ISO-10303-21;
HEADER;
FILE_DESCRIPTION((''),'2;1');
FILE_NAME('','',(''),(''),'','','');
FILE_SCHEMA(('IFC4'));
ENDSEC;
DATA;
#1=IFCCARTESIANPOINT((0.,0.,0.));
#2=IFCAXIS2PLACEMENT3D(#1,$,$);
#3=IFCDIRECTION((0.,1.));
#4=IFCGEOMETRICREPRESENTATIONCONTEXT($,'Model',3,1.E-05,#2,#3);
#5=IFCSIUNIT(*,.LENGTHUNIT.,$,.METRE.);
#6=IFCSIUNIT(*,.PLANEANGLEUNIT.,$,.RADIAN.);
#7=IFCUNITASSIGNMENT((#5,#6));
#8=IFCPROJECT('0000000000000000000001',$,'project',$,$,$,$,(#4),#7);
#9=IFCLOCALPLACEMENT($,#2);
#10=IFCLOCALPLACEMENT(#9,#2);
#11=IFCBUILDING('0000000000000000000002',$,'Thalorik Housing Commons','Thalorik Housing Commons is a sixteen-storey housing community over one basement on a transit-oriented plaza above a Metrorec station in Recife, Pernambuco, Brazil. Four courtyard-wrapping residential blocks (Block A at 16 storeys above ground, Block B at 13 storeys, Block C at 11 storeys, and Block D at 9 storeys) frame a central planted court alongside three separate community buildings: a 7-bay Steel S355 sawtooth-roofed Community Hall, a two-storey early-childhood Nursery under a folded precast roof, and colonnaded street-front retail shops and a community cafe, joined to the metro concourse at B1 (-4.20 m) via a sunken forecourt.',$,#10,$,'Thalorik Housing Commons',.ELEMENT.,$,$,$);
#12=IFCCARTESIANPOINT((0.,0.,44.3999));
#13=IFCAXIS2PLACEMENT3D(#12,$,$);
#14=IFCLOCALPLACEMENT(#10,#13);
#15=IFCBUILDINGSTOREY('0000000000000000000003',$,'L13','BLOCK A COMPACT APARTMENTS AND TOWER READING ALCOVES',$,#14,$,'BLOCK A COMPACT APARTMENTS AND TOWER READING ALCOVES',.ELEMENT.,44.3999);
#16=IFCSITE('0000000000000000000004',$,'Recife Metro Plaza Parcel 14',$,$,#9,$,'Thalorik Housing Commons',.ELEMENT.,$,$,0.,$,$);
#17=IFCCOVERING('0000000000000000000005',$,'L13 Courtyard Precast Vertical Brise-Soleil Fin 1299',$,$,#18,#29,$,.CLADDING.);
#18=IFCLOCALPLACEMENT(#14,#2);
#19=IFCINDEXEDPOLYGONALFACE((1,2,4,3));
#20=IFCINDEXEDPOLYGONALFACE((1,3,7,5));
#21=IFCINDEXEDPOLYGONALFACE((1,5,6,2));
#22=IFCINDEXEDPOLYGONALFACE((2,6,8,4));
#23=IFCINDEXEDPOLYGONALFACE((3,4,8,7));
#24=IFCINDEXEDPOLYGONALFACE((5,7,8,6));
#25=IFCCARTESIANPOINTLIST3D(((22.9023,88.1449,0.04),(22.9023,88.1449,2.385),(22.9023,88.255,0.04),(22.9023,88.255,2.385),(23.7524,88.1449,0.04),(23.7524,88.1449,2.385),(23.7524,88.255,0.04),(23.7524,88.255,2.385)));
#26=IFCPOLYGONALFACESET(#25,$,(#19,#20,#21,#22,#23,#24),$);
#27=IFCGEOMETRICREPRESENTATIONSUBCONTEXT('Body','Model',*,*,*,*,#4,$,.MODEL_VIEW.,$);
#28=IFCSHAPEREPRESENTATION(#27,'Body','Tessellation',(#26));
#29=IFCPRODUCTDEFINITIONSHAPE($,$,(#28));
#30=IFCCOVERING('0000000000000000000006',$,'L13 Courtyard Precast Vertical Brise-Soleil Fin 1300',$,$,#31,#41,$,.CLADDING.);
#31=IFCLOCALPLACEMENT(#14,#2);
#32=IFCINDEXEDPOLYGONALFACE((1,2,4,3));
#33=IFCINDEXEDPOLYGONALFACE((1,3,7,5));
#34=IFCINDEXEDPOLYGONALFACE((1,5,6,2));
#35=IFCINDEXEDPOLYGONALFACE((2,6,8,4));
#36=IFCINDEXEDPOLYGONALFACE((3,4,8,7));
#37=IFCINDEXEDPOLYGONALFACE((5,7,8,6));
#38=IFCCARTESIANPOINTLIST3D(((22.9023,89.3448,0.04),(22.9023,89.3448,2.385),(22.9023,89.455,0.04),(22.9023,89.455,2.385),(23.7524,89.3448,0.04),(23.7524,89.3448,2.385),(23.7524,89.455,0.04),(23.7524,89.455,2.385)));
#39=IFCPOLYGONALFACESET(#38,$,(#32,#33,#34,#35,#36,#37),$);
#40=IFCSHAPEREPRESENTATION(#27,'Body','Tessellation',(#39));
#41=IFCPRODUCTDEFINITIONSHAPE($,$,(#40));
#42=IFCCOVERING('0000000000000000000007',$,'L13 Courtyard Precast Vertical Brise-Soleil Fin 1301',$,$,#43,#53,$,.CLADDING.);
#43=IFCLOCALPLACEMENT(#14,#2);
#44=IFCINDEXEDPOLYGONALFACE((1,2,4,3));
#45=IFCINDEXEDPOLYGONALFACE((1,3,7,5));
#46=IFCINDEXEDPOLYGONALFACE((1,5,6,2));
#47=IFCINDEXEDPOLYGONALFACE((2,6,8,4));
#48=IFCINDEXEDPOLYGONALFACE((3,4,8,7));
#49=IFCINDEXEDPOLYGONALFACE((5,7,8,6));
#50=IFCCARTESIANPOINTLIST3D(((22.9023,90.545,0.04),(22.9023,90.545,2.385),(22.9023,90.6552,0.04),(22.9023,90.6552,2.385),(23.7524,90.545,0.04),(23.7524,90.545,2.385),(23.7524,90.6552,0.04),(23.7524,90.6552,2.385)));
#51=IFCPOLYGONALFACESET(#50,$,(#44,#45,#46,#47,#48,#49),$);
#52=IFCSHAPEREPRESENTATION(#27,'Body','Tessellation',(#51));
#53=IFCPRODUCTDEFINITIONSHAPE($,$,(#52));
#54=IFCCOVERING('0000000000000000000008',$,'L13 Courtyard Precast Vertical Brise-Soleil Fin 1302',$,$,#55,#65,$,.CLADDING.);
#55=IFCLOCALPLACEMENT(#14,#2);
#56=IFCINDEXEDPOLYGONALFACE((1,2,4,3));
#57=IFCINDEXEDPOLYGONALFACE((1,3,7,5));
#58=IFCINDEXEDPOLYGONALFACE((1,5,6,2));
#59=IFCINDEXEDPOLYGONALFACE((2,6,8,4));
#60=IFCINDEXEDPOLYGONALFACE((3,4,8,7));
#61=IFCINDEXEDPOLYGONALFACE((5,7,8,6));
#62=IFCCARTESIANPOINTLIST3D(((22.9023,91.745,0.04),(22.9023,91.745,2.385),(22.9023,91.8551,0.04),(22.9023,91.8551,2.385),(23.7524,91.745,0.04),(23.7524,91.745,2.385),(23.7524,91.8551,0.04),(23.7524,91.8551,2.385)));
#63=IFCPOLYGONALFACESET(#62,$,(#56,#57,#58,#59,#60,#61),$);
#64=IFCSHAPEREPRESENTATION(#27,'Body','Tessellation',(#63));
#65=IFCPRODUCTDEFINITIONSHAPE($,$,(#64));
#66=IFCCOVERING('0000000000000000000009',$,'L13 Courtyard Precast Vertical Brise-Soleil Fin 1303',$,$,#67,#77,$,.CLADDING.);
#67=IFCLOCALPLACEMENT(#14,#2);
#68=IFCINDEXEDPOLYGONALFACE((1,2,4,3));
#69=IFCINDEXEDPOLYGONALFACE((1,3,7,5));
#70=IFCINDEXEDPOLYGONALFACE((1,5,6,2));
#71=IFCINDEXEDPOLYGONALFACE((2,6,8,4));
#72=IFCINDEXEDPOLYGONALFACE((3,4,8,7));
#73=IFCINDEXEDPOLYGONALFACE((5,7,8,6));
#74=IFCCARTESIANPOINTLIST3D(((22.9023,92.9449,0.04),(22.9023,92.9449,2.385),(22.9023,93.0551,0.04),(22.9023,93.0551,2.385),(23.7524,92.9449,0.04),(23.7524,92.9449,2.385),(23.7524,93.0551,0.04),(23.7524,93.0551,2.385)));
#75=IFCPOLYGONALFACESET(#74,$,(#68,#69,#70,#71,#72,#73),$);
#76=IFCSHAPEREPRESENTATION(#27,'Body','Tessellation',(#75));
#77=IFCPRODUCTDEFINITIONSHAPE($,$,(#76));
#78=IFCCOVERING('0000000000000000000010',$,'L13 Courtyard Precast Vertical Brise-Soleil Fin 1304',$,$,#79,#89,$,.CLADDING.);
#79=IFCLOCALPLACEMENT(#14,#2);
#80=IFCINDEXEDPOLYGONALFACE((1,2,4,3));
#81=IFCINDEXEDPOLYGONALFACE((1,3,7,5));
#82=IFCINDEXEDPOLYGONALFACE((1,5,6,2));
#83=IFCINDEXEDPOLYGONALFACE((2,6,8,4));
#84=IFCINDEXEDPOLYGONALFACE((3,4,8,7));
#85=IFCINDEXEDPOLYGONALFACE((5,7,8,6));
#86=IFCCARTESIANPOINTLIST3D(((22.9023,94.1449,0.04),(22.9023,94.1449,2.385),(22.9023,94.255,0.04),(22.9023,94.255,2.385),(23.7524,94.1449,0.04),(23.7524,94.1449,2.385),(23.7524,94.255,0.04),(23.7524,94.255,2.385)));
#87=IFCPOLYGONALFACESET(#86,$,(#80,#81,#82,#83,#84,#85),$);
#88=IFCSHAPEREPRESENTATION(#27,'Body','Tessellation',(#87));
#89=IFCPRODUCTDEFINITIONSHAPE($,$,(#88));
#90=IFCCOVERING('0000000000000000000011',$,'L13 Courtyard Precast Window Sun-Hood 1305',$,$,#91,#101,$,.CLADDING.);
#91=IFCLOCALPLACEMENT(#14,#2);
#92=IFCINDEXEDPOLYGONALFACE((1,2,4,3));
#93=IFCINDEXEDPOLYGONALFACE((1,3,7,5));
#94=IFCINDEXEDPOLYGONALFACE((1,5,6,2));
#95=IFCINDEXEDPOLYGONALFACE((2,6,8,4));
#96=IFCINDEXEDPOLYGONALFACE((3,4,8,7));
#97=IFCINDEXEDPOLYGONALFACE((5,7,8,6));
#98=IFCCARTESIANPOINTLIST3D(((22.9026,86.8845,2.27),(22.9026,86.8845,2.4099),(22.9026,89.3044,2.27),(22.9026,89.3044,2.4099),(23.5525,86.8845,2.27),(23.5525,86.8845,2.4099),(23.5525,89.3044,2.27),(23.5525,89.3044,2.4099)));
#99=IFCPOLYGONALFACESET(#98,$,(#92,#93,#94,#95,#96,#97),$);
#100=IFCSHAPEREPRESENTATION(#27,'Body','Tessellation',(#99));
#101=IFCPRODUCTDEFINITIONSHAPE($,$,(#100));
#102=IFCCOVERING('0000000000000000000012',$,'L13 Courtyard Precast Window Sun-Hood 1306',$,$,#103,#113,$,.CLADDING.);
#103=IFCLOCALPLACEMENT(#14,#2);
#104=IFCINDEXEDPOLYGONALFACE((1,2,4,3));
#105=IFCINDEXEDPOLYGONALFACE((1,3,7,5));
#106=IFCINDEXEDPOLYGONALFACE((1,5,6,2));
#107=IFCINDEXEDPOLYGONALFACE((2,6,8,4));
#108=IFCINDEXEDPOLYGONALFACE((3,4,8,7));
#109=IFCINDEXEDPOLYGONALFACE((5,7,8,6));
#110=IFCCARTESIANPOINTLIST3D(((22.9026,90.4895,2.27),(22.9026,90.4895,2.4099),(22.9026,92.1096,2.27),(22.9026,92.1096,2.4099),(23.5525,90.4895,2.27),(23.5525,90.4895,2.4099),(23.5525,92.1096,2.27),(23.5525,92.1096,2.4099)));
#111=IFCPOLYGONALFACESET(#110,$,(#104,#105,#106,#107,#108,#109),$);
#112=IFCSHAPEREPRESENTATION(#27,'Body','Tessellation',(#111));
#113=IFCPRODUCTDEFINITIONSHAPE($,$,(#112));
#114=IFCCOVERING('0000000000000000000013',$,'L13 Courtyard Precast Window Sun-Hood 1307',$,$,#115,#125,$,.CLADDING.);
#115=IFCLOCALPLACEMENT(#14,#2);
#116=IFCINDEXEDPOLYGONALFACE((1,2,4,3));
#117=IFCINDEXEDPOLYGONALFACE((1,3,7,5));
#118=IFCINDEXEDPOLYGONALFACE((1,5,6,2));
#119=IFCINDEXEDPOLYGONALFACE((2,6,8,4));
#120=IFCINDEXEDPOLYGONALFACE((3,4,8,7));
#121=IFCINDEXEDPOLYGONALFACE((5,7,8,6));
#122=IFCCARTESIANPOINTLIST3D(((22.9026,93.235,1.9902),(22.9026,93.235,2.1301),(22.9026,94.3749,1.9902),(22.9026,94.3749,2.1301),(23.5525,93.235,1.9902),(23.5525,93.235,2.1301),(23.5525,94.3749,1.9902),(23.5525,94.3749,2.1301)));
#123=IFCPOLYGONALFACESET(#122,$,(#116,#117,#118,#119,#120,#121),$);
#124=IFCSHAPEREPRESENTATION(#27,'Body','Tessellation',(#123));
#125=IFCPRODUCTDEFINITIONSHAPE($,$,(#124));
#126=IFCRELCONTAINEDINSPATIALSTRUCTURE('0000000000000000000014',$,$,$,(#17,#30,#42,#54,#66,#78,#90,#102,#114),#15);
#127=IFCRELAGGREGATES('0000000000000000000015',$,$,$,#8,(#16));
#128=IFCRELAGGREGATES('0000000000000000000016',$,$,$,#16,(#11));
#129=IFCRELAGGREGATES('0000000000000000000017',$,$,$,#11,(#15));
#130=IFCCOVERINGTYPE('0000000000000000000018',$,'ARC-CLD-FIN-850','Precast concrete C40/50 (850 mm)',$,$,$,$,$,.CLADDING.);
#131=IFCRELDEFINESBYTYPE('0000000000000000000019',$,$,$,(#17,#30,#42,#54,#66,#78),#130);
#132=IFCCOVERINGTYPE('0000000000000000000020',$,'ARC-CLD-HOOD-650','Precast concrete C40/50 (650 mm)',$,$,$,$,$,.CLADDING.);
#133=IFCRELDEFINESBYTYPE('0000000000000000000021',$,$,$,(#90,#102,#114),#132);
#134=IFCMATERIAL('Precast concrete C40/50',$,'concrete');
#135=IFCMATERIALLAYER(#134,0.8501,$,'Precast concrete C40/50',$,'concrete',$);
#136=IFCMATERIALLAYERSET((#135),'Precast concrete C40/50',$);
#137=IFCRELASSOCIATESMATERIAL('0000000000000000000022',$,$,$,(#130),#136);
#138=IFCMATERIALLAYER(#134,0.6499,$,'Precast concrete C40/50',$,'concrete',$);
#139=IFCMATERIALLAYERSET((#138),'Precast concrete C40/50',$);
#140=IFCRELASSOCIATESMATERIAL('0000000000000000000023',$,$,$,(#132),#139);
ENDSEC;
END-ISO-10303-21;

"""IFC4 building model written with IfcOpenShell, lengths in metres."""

from ifc_helpers import new_model, si_unit, direction, frame, origin, origin_2d, place, context, subcontext, project, spatial, rectangle, extrude, material, layer, layer_set, type_object, element, save


model = new_model("IFC4")

# Units and contexts
model_context = context("Model", 3, precision=1e-05, world=origin(), true_north=direction((0.0, 1.0)))
body_context = subcontext(model_context, "Body", "Model", "MODEL_VIEW")
ifc_project = project(units=[si_unit("LENGTHUNIT", "METRE"), si_unit("PLANEANGLEUNIT", "RADIAN")], contexts=[model_context])

# Site, building, storey
site_placement = place(None, origin())
site = spatial("IfcSite", under=ifc_project, at=site_placement, Name="Recife Metro Plaza Parcel 14", LongName="Thalorik Housing Commons", CompositionType="ELEMENT", RefElevation=0.0)
building_placement = place(site_placement, origin())
building = spatial("IfcBuilding", under=site, at=building_placement, Name="Thalorik Housing Commons", Description="Thalorik Housing Commons is a sixteen-storey housing community over one basement on a transit-oriented plaza above a Metrorec station in Recife, Pernambuco, Brazil. Four courtyard-wrapping residential blocks (Block A at 16 storeys above ground, Block B at 13 storeys, Block C at 11 storeys, and Block D at 9 storeys) frame a central planted court alongside three separate community buildings: a 7-bay Steel S355 sawtooth-roofed Community Hall, a two-storey early-childhood Nursery under a folded precast roof, and colonnaded street-front retail shops and a community cafe, joined to the metro concourse at B1 (-4.20 m) via a sunken forecourt.", LongName="Thalorik Housing Commons", CompositionType="ELEMENT")
storey_placement = place(building_placement, frame((0.0, 0.0, 44.3999)))
storey = spatial("IfcBuildingStorey", under=building, at=storey_placement, Name="L13", Description="BLOCK A COMPACT APARTMENTS AND TOWER READING ALCOVES", LongName="BLOCK A COMPACT APARTMENTS AND TOWER READING ALCOVES", CompositionType="ELEMENT", Elevation=44.3999)

# Shared definitions
ifc_material_1 = material(Name="Precast concrete C40/50", Category="concrete")

# Coverings
ifc_layer_1 = layer(ifc_material_1, 0.8501, Name="Precast concrete C40/50", Category="concrete")
ifc_layer_set_1 = layer_set([ifc_layer_1], Name="Precast concrete C40/50")
covering_type_1 = type_object("IfcCoveringType", Name="ARC-CLD-FIN-850", Description="Precast concrete C40/50 (850 mm)", PredefinedType="CLADDING", material=ifc_layer_set_1)
for number, where, z_axis, x_axis, name in (
    (1, (23.3274, 88.2, 0.04), (0.0, 0.0, 1.0), (0.0, 1.0, 0.0), "L13 Courtyard Precast Vertical Brise-Soleil Fin 1299"),
    (2, (23.3274, 89.3999, 0.04), (0.0, 0.0, 1.0), (0.0, 1.0, 0.0), "L13 Courtyard Precast Vertical Brise-Soleil Fin 1300"),
    (3, (23.3274, 90.6001, 0.04), (0.0, 0.0, 1.0), (0.0, 1.0, 0.0), "L13 Courtyard Precast Vertical Brise-Soleil Fin 1301"),
    (4, (23.3274, 91.8, 0.04), (0.0, 0.0, 1.0), (0.0, 1.0, 0.0), "L13 Courtyard Precast Vertical Brise-Soleil Fin 1302"),
    (5, (23.3274, 93.0, 0.04), (0.0, 0.0, 1.0), (0.0, 1.0, 0.0), "L13 Courtyard Precast Vertical Brise-Soleil Fin 1303"),
    (6, (23.3274, 94.2, 0.04), (0.0, 0.0, 1.0), (0.0, 1.0, 0.0), "L13 Courtyard Precast Vertical Brise-Soleil Fin 1304"),
):
    element("IfcCovering", number, at=place(storey_placement, frame(where, z_axis=z_axis, x_axis=x_axis)), inside=storey, type_object=covering_type_1, Name=name, PredefinedType="CLADDING", context=body_context, shape_type="SweptSolid", body=[
        extrude(rectangle(XDim=0.1101, YDim=0.8501, at=origin_2d()), origin(), (0.0, 0.0, 1.0), 2.345),
    ])
ifc_layer_2 = layer(ifc_material_1, 0.6499, Name="Precast concrete C40/50", Category="concrete")
ifc_layer_set_2 = layer_set([ifc_layer_2], Name="Precast concrete C40/50")
covering_type_2 = type_object("IfcCoveringType", Name="ARC-CLD-HOOD-650", Description="Precast concrete C40/50 (650 mm)", PredefinedType="CLADDING", material=ifc_layer_set_2)
covering_1_placement = place(storey_placement, frame((23.2275, 88.0945, 2.27), z_axis=(0.0, 0.0, 1.0), x_axis=(0.0, 1.0, 0.0)))
element("IfcCovering", 7, at=covering_1_placement, inside=storey, type_object=covering_type_2, Name="L13 Courtyard Precast Window Sun-Hood 1305", PredefinedType="CLADDING", context=body_context, shape_type="SweptSolid", body=[
    extrude(rectangle(XDim=2.4199, YDim=0.6499, at=origin_2d()), origin(), (0.0, 0.0, 1.0), 0.1399),
])
covering_2_placement = place(storey_placement, frame((23.2275, 91.2996, 2.27), z_axis=(0.0, 0.0, 1.0), x_axis=(0.0, 1.0, 0.0)))
element("IfcCovering", 8, at=covering_2_placement, inside=storey, type_object=covering_type_2, Name="L13 Courtyard Precast Window Sun-Hood 1306", PredefinedType="CLADDING", context=body_context, shape_type="SweptSolid", body=[
    extrude(rectangle(XDim=1.6201, YDim=0.6499, at=origin_2d()), origin(), (0.0, 0.0, 1.0), 0.1399),
])
covering_3_placement = place(storey_placement, frame((23.2275, 93.8049, 1.9902), z_axis=(0.0, 0.0, 1.0), x_axis=(0.0, 1.0, 0.0)))
element("IfcCovering", 9, at=covering_3_placement, inside=storey, type_object=covering_type_2, Name="L13 Courtyard Precast Window Sun-Hood 1307", PredefinedType="CLADDING", context=body_context, shape_type="SweptSolid", body=[
    extrude(rectangle(XDim=1.1399, YDim=0.6499, at=origin_2d()), origin(), (0.0, 0.0, 1.0), 0.1399),
])

save(model, "model.ifc")
